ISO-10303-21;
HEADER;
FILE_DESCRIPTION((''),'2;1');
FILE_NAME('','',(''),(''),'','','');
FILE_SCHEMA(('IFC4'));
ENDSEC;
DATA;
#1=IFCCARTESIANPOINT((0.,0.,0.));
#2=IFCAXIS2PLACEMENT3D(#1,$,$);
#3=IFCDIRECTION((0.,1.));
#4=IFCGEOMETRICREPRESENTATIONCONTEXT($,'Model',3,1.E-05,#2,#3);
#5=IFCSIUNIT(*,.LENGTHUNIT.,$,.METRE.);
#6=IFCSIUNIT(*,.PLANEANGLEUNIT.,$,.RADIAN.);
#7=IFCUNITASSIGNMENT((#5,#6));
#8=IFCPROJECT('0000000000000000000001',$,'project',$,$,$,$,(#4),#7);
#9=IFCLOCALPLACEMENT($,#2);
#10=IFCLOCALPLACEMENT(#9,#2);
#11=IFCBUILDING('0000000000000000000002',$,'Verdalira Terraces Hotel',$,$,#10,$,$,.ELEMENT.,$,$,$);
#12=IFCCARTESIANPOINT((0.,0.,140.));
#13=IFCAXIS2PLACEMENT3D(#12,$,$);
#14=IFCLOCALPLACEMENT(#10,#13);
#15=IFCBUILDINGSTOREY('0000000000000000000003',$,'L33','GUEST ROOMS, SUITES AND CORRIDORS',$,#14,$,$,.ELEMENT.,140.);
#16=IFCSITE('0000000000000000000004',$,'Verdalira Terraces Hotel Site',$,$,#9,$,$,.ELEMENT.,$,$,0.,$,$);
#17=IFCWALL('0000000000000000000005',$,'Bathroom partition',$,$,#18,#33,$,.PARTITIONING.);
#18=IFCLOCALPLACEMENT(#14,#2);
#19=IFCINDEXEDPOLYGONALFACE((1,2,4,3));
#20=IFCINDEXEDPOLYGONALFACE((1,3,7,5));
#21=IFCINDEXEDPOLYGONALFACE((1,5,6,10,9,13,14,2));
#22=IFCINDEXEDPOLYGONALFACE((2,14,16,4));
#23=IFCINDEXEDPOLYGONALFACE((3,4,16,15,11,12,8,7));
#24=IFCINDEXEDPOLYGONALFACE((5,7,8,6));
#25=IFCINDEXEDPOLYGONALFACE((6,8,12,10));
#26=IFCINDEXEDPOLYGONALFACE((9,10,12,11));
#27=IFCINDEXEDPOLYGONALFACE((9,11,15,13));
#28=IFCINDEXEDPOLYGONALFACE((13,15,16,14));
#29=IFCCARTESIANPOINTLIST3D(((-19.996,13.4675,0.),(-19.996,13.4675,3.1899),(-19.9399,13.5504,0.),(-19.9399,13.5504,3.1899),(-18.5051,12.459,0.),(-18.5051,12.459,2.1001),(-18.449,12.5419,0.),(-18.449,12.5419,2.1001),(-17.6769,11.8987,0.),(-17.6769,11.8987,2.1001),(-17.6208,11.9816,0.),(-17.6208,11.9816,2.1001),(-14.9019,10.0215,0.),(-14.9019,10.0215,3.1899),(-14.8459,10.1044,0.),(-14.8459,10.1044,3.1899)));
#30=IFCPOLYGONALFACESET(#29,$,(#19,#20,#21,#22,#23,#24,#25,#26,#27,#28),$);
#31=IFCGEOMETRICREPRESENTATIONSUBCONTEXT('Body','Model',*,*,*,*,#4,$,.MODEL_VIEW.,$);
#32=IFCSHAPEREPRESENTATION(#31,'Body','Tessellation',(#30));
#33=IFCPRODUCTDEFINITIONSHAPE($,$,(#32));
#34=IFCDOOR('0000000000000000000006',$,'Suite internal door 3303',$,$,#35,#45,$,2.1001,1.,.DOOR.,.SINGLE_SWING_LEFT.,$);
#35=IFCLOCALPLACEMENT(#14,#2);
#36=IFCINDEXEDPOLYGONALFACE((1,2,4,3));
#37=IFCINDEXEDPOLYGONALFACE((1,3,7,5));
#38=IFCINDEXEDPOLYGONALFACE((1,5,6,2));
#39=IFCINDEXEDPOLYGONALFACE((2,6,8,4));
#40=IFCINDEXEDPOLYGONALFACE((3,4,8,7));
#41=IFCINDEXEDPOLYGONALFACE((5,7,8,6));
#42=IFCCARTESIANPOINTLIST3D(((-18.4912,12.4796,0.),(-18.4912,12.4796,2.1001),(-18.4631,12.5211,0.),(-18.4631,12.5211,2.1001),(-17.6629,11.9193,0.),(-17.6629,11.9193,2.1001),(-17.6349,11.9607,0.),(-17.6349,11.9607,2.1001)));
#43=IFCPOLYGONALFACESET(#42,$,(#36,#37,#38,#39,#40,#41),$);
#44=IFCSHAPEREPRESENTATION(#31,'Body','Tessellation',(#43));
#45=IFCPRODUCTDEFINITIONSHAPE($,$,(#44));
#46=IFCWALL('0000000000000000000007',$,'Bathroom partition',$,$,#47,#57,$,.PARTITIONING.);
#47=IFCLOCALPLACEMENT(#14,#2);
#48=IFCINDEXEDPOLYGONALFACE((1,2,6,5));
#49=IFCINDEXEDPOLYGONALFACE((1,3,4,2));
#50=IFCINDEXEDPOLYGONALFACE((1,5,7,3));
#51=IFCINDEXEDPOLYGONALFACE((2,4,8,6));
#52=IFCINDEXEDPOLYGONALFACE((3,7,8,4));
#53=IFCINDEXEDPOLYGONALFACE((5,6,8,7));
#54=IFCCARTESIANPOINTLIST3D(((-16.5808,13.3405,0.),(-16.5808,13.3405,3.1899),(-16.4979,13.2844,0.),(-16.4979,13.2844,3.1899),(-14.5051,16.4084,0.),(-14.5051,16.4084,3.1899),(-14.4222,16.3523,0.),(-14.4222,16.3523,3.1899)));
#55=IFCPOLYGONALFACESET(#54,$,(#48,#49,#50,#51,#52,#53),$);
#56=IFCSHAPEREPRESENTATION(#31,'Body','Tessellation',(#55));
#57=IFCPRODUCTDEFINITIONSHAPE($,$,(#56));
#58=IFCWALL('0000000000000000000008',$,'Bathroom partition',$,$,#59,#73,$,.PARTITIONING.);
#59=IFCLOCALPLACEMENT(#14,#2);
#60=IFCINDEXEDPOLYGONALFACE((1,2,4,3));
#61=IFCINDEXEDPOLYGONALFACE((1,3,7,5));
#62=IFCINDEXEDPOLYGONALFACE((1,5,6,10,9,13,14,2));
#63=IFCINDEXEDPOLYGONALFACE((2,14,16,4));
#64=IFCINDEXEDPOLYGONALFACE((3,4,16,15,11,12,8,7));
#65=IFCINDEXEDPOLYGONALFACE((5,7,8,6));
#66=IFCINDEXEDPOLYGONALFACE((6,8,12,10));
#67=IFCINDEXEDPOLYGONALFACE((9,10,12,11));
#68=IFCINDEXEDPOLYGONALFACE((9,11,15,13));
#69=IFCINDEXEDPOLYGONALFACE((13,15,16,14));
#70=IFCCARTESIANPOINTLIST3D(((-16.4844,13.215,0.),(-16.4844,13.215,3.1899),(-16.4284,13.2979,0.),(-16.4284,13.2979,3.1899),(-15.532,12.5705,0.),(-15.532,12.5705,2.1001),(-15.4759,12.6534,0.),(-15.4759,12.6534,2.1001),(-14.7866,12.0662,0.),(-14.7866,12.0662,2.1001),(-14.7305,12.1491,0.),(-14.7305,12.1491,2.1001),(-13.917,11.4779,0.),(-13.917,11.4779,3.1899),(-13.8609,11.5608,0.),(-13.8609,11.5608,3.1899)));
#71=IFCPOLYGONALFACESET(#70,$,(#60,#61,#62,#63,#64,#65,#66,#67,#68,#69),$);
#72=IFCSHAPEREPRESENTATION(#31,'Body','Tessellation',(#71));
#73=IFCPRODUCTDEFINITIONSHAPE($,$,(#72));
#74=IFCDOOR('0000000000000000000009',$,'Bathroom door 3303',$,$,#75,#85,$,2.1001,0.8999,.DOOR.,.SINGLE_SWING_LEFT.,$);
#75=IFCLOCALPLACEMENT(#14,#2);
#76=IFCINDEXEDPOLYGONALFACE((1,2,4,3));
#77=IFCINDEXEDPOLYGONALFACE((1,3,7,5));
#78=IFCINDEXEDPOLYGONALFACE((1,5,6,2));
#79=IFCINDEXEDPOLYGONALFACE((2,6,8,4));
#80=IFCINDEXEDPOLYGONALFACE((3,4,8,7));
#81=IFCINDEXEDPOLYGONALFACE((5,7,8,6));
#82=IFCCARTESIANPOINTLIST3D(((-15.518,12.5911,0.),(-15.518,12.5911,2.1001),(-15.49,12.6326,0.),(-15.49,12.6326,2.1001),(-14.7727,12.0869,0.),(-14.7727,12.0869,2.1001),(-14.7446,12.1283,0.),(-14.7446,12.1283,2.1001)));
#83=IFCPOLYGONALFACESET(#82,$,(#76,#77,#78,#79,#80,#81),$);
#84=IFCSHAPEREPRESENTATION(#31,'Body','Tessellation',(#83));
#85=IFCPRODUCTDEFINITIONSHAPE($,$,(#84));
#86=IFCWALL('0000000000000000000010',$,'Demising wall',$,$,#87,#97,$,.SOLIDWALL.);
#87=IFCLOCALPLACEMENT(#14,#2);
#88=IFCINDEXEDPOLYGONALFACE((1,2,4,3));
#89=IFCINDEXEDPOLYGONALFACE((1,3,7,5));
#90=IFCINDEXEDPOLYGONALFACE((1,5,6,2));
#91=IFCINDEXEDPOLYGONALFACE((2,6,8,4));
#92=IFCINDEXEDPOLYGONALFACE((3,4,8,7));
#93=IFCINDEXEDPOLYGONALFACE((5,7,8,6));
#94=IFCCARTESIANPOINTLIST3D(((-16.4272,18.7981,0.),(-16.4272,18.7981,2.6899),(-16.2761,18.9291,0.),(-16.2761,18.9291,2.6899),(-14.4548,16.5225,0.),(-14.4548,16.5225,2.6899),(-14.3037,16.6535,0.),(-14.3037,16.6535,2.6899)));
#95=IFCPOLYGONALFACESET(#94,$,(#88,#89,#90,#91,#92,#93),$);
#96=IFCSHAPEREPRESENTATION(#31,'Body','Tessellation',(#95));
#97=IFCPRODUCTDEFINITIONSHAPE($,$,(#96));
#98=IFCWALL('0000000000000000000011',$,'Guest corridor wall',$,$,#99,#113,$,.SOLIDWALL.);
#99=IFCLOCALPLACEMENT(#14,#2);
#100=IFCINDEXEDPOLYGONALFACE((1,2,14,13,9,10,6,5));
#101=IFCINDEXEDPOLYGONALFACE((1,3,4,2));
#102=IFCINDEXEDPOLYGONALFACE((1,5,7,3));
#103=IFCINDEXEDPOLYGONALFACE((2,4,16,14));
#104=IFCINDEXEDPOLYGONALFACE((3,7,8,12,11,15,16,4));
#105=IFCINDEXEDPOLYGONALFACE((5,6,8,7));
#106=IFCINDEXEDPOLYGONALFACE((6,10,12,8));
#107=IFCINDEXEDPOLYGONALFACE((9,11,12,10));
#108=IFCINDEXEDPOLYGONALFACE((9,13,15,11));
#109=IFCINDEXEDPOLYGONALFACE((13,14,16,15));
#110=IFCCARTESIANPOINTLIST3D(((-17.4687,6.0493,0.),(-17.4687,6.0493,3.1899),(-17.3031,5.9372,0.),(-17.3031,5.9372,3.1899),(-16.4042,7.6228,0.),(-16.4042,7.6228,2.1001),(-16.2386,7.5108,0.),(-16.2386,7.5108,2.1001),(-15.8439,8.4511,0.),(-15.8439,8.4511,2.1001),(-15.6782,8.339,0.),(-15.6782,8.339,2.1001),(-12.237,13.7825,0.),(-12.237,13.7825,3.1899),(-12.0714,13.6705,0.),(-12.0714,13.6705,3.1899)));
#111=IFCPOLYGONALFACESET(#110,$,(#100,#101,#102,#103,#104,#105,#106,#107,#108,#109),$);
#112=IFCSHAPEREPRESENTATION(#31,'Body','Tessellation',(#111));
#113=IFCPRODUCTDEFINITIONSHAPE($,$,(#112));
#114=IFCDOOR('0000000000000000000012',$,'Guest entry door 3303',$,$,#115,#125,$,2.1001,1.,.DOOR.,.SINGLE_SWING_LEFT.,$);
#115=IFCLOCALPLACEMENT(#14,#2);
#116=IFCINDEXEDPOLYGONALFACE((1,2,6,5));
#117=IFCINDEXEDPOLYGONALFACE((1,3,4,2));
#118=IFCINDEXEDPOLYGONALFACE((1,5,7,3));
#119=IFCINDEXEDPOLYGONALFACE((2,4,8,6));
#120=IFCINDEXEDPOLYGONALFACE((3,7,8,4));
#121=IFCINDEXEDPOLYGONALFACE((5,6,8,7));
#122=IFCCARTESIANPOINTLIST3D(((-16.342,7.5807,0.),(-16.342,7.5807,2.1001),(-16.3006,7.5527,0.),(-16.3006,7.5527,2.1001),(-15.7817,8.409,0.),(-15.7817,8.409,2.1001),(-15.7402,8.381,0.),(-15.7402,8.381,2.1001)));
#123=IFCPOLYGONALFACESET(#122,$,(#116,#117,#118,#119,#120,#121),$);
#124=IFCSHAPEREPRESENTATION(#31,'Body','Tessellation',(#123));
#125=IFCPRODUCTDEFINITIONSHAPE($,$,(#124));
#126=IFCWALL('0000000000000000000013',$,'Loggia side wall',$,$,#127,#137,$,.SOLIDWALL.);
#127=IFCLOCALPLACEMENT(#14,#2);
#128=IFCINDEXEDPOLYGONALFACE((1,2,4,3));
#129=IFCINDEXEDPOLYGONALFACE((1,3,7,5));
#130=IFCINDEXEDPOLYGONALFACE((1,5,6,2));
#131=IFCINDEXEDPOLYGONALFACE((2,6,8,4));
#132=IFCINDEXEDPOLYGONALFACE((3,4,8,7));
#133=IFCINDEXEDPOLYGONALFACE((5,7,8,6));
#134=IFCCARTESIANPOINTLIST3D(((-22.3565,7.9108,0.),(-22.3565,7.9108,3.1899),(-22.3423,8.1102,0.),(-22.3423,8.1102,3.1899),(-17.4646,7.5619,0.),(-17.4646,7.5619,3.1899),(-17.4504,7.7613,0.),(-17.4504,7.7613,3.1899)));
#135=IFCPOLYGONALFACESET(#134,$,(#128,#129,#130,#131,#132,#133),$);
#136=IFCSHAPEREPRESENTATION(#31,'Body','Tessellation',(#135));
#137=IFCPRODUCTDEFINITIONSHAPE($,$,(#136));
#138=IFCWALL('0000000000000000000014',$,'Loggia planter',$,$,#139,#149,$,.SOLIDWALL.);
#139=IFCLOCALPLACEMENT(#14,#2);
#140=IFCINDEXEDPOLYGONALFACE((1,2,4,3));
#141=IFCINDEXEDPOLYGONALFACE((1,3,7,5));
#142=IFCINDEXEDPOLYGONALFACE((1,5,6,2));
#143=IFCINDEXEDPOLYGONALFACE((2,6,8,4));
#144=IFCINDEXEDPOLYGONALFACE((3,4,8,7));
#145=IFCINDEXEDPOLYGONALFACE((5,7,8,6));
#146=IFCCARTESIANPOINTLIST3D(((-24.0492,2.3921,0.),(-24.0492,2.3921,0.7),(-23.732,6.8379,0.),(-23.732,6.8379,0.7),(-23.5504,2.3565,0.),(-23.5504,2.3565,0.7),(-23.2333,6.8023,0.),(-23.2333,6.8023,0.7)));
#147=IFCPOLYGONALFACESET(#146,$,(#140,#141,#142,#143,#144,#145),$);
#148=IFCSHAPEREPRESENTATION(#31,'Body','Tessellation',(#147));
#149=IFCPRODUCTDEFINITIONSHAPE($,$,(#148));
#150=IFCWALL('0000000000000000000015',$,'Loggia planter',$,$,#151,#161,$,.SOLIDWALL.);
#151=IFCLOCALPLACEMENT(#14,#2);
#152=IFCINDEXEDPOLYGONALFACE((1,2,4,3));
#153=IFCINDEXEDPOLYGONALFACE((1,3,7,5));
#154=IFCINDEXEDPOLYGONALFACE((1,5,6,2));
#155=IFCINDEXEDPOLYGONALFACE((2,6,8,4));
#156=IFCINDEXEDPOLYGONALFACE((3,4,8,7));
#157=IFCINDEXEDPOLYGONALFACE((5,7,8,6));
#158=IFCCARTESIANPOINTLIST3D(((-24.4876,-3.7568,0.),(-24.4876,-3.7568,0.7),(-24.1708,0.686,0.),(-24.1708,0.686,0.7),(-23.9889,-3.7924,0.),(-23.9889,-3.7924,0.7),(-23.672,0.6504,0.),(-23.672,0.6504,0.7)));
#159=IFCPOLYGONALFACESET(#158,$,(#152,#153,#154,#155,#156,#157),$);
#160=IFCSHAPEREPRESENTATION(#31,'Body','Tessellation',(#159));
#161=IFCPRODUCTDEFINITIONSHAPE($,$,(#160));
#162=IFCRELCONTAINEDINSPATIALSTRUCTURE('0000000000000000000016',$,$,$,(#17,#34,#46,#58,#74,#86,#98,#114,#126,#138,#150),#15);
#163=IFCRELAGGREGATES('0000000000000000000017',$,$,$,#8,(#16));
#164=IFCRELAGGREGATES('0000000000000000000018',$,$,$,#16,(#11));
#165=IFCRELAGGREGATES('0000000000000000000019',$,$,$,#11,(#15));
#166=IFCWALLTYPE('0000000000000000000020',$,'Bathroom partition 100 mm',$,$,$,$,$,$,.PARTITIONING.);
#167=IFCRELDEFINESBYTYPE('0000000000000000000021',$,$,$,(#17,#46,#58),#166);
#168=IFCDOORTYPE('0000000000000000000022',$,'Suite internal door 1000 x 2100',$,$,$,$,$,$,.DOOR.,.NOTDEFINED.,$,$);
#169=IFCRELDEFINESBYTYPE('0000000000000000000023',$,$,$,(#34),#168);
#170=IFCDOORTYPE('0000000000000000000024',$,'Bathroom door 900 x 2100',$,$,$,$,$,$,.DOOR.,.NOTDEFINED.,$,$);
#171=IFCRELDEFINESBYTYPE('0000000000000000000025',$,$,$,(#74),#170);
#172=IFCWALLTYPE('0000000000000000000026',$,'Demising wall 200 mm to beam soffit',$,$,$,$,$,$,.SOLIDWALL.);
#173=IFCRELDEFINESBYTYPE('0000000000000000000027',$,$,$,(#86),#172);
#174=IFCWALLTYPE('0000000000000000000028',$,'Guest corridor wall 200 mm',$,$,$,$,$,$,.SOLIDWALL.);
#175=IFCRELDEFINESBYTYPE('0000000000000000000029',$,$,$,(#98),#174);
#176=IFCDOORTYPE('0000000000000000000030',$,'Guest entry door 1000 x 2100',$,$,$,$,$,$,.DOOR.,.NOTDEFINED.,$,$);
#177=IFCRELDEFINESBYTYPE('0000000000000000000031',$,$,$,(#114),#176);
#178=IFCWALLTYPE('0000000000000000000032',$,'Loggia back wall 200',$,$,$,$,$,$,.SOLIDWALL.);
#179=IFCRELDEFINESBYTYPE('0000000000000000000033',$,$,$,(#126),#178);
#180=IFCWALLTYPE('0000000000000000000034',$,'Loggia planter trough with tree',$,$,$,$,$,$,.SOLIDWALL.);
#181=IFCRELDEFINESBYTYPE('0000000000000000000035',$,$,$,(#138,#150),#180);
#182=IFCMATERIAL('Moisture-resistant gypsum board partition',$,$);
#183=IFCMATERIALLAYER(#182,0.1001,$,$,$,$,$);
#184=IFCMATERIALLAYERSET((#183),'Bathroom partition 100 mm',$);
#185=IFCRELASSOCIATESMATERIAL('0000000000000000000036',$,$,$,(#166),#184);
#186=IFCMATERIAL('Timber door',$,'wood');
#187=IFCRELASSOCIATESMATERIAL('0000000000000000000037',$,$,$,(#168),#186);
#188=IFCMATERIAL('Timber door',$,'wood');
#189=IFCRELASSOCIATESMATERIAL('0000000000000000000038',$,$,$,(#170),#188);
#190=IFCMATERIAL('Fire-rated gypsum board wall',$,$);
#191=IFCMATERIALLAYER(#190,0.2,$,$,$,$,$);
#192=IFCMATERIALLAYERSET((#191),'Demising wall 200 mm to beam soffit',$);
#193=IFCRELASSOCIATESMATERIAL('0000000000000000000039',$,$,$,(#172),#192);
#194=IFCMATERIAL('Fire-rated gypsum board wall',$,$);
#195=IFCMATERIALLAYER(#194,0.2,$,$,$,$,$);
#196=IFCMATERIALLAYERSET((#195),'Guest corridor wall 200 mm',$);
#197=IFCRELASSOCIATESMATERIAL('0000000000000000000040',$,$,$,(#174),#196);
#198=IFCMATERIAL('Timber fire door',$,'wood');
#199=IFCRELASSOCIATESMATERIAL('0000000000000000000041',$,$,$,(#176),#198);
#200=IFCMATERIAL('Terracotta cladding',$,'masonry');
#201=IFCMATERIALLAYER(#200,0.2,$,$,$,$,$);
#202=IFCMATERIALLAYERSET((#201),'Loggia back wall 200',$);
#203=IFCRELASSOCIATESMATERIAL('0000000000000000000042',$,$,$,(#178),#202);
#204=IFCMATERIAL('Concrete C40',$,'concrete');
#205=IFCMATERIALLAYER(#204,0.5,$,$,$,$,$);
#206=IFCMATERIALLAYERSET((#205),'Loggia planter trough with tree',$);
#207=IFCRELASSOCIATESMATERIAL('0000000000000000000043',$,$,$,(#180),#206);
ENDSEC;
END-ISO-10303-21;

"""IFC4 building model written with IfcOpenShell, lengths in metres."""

from ifc_helpers import new_model, si_unit, direction, frame, frame_2d, origin, place, context, subcontext, project, spatial, rectangle, extrude, material, layer, layer_set, type_object, element, fill, save


model = new_model("IFC4")

# Units and contexts
model_context = context("Model", 3, precision=1e-05, world=origin(), true_north=direction((0.0, 1.0)))
body_context = subcontext(model_context, "Body", "Model", "MODEL_VIEW")
ifc_project = project(units=[si_unit("LENGTHUNIT", "METRE"), si_unit("PLANEANGLEUNIT", "RADIAN")], contexts=[model_context])

# Site, building, storey
site_placement = place(None, origin())
site = spatial("IfcSite", under=ifc_project, at=site_placement, Name="Verdalira Terraces Hotel Site", CompositionType="ELEMENT", RefElevation=0.0)
building_placement = place(site_placement, origin())
building = spatial("IfcBuilding", under=site, at=building_placement, Name="Verdalira Terraces Hotel", CompositionType="ELEMENT")
storey_placement = place(building_placement, frame((0.0, 0.0, 140.0)))
storey = spatial("IfcBuildingStorey", under=building, at=storey_placement, Name="L33", Description="GUEST ROOMS, SUITES AND CORRIDORS", CompositionType="ELEMENT", Elevation=140.0)

# Wall, opening, door
ifc_material_1 = material(Name="Moisture-resistant gypsum board partition")
ifc_layer_1 = layer(ifc_material_1, 0.1001)
ifc_layer_set_1 = layer_set([ifc_layer_1], Name="Bathroom partition 100 mm")
wall_type_1 = type_object("IfcWallType", Name="Bathroom partition 100 mm", PredefinedType="PARTITIONING", material=ifc_layer_set_1)
wall_1_placement = place(storey_placement, frame((-19.968, 13.509, 0.0), z_axis=(0.0, 0.0, 1.0), x_axis=(0.828275, -0.560321, 0.0)))
wall_1 = element("IfcWall", 1, at=wall_1_placement, inside=storey, type_object=wall_type_1, Name="Bathroom partition", PredefinedType="PARTITIONING", context=body_context, shape_type="SweptSolid", body=[
    extrude(rectangle(XDim=6.1501, YDim=0.1001, at=frame_2d((3.0752, 0.0))), origin(), (0.0, 0.0, 1.0), 3.1899),
])
opening_1_placement = place(wall_1_placement, frame((1.8, 0.0, 0.0)))
opening_1 = element("IfcOpeningElement", 2, at=opening_1_placement, cuts=wall_1, PredefinedType="OPENING", context=body_context, shape_type="SweptSolid", body=[
    extrude(rectangle(XDim=1.0, YDim=2.1001, at=frame_2d((0.5, 1.05))), frame((0.0, 0.0601, 0.0), z_axis=(0.0, -1.0, 0.0), x_axis=(1.0, 0.0, 0.0)), (0.0, 0.0, 1.0), 0.1201),
])
ifc_material_2 = material(Name="Timber door", Category="wood")
door_type_1 = type_object("IfcDoorType", Name="Suite internal door 1000 x 2100", OperationType="NOTDEFINED", PredefinedType="DOOR", material=ifc_material_2)
door_1_placement = place(opening_1_placement, origin())
door_1 = element("IfcDoor", 3, at=door_1_placement, inside=storey, type_object=door_type_1, Name="Suite internal door 3303", OperationType="SINGLE_SWING_LEFT", OverallHeight=2.1001, OverallWidth=1.0, PredefinedType="DOOR", context=body_context, shape_type="SweptSolid", body=[
    extrude(rectangle(XDim=1.0, YDim=2.1001, at=frame_2d((0.5, 1.05))), frame((0.0, 0.0249, 0.0), z_axis=(0.0, -1.0, 0.0), x_axis=(1.0, 0.0, 0.0)), (0.0, 0.0, 1.0), 0.05),
])
fill(opening_1, door_1)

# Wall
wall_2_placement = place(storey_placement, frame((-14.4636, 16.3804, 0.0), z_axis=(0.0, 0.0, 1.0), x_axis=(-0.560376, -0.828238, 0.0)))
element("IfcWall", 4, at=wall_2_placement, inside=storey, type_object=wall_type_1, Name="Bathroom partition", PredefinedType="PARTITIONING", context=body_context, shape_type="SweptSolid", body=[
    extrude(rectangle(XDim=3.7041, YDim=0.1001, at=frame_2d((1.8521, 0.0))), origin(), (0.0, 0.0, 1.0), 3.1899),
])

# Wall, opening, door
wall_3_placement = place(storey_placement, frame((-16.4563, 13.2563, 0.0), z_axis=(0.0, 0.0, 1.0), x_axis=(0.828238, -0.560376, 0.0)))
wall_3 = element("IfcWall", 5, at=wall_3_placement, inside=storey, type_object=wall_type_1, Name="Bathroom partition", PredefinedType="PARTITIONING", context=body_context, shape_type="SweptSolid", body=[
    extrude(rectangle(XDim=3.0999, YDim=0.1001, at=frame_2d((1.5498, 0.0))), origin(), (0.0, 0.0, 1.0), 3.1899),
])
opening_2_placement = place(wall_3_placement, frame((1.1499, 0.0, 0.0)))
opening_2 = element("IfcOpeningElement", 6, at=opening_2_placement, cuts=wall_3, PredefinedType="OPENING", context=body_context, shape_type="SweptSolid", body=[
    extrude(rectangle(XDim=0.8999, YDim=2.1001, at=frame_2d((0.45, 1.05))), frame((0.0, 0.0601, 0.0), z_axis=(0.0, -1.0, 0.0), x_axis=(1.0, 0.0, 0.0)), (0.0, 0.0, 1.0), 0.1201),
])
ifc_material_3 = material(Name="Timber door", Category="wood")
door_type_2 = type_object("IfcDoorType", Name="Bathroom door 900 x 2100", OperationType="NOTDEFINED", PredefinedType="DOOR", material=ifc_material_3)
door_2_placement = place(opening_2_placement, origin())
door_2 = element("IfcDoor", 7, at=door_2_placement, inside=storey, type_object=door_type_2, Name="Bathroom door 3303", OperationType="SINGLE_SWING_LEFT", OverallHeight=2.1001, OverallWidth=0.8999, PredefinedType="DOOR", context=body_context, shape_type="SweptSolid", body=[
    extrude(rectangle(XDim=0.8999, YDim=2.1001, at=frame_2d((0.45, 1.05))), frame((0.0, 0.0249, 0.0), z_axis=(0.0, -1.0, 0.0), x_axis=(1.0, 0.0, 0.0)), (0.0, 0.0, 1.0), 0.05),
])
fill(opening_2, door_2)

# Wall
ifc_material_4 = material(Name="Fire-rated gypsum board wall")
ifc_layer_2 = layer(ifc_material_4, 0.2)
ifc_layer_set_2 = layer_set([ifc_layer_2], Name="Demising wall 200 mm to beam soffit")
wall_type_2 = type_object("IfcWallType", Name="Demising wall 200 mm to beam soffit", PredefinedType="SOLIDWALL", material=ifc_layer_set_2)
wall_4_placement = place(storey_placement, frame((-14.3791, 16.5879, 0.0), z_axis=(0.0, 0.0, 1.0), x_axis=(-0.654968, 0.755657, 0.0)))
element("IfcWall", 8, at=wall_4_placement, inside=storey, type_object=wall_type_2, Name="Demising wall", PredefinedType="SOLIDWALL", context=body_context, shape_type="SweptSolid", body=[
    extrude(rectangle(XDim=3.0115, YDim=0.2, at=frame_2d((1.5059, 0.0))), origin(), (0.0, 0.0, 1.0), 2.6899),
])

# Wall, opening, door
ifc_material_5 = material(Name="Fire-rated gypsum board wall")
ifc_layer_3 = layer(ifc_material_5, 0.2)
ifc_layer_set_3 = layer_set([ifc_layer_3], Name="Guest corridor wall 200 mm")
wall_type_3 = type_object("IfcWallType", Name="Guest corridor wall 200 mm", PredefinedType="SOLIDWALL", material=ifc_layer_set_3)
wall_5_placement = place(storey_placement, frame((-17.386, 5.9932, 0.0), z_axis=(0.0, 0.0, 1.0), x_axis=(0.560342, 0.828262, 0.0)))
wall_5 = element("IfcWall", 9, at=wall_5_placement, inside=storey, type_object=wall_type_3, Name="Guest corridor wall", PredefinedType="SOLIDWALL", context=body_context, shape_type="SweptSolid", body=[
    extrude(rectangle(XDim=9.3367, YDim=0.2, at=frame_2d((4.6685, 0.0))), origin(), (0.0, 0.0, 1.0), 3.1899),
])
opening_3_placement = place(wall_5_placement, frame((1.8999, 0.0, 0.0)))
opening_3 = element("IfcOpeningElement", 10, at=opening_3_placement, cuts=wall_5, PredefinedType="OPENING", context=body_context, shape_type="SweptSolid", body=[
    extrude(rectangle(XDim=1.0, YDim=2.1001, at=frame_2d((0.5, 1.05))), frame((0.0, 0.1099, 0.0), z_axis=(0.0, -1.0, 0.0), x_axis=(1.0, 0.0, 0.0)), (0.0, 0.0, 1.0), 0.22),
])
ifc_material_6 = material(Name="Timber fire door", Category="wood")
door_type_3 = type_object("IfcDoorType", Name="Guest entry door 1000 x 2100", OperationType="NOTDEFINED", PredefinedType="DOOR", material=ifc_material_6)
door_3_placement = place(opening_3_placement, origin())
door_3 = element("IfcDoor", 11, at=door_3_placement, inside=storey, type_object=door_type_3, Name="Guest entry door 3303", OperationType="SINGLE_SWING_LEFT", OverallHeight=2.1001, OverallWidth=1.0, PredefinedType="DOOR", context=body_context, shape_type="SweptSolid", body=[
    extrude(rectangle(XDim=1.0, YDim=2.1001, at=frame_2d((0.5, 1.05))), frame((0.0, 0.0249, 0.0), z_axis=(0.0, -1.0, 0.0), x_axis=(1.0, 0.0, 0.0)), (0.0, 0.0, 1.0), 0.05),
])
fill(opening_3, door_3)

# Walls
ifc_material_7 = material(Name="Terracotta cladding", Category="masonry")
ifc_layer_4 = layer(ifc_material_7, 0.2)
ifc_layer_set_4 = layer_set([ifc_layer_4], Name="Loggia back wall 200")
wall_type_4 = type_object("IfcWallType", Name="Loggia back wall 200", PredefinedType="SOLIDWALL", material=ifc_layer_set_4)
wall_6_placement = place(storey_placement, frame((-22.3494, 8.0105, 0.0), z_axis=(0.0, 0.0, 1.0), x_axis=(0.997467, -0.071137, 0.0)))
element("IfcWall", 12, at=wall_6_placement, inside=storey, type_object=wall_type_4, Name="Loggia side wall", PredefinedType="SOLIDWALL", context=body_context, shape_type="SweptSolid", body=[
    extrude(rectangle(XDim=4.9043, YDim=0.2, at=frame_2d((2.4521, 0.0))), origin(), (0.0, 0.0, 1.0), 3.1899),
])
ifc_material_8 = material(Name="Concrete C40", Category="concrete")
ifc_layer_5 = layer(ifc_material_8, 0.5)
ifc_layer_set_5 = layer_set([ifc_layer_5], Name="Loggia planter trough with tree")
wall_type_5 = type_object("IfcWallType", Name="Loggia planter trough with tree", PredefinedType="SOLIDWALL", material=ifc_layer_set_5)
wall_7_placement = place(storey_placement, frame((-23.4827, 6.8201, 0.0), z_axis=(0.0, 0.0, 1.0), x_axis=(-0.071154, -0.997465, 0.0)))
element("IfcWall", 13, at=wall_7_placement, inside=storey, type_object=wall_type_5, Name="Loggia planter", PredefinedType="SOLIDWALL", context=body_context, shape_type="SweptSolid", body=[
    extrude(rectangle(XDim=4.457, YDim=0.5, at=frame_2d((2.2285, 0.0))), origin(), (0.0, 0.0, 1.0), 0.7),
])
wall_8_placement = place(storey_placement, frame((-23.9214, 0.6682, 0.0), z_axis=(0.0, 0.0, 1.0), x_axis=(-0.071146, -0.997466, 0.0)))
element("IfcWall", 14, at=wall_8_placement, inside=storey, type_object=wall_type_5, Name="Loggia planter", PredefinedType="SOLIDWALL", context=body_context, shape_type="SweptSolid", body=[
    extrude(rectangle(XDim=4.4541, YDim=0.5, at=frame_2d((2.2271, 0.0))), origin(), (0.0, 0.0, 1.0), 0.7),
])

save(model, "model.ifc")
